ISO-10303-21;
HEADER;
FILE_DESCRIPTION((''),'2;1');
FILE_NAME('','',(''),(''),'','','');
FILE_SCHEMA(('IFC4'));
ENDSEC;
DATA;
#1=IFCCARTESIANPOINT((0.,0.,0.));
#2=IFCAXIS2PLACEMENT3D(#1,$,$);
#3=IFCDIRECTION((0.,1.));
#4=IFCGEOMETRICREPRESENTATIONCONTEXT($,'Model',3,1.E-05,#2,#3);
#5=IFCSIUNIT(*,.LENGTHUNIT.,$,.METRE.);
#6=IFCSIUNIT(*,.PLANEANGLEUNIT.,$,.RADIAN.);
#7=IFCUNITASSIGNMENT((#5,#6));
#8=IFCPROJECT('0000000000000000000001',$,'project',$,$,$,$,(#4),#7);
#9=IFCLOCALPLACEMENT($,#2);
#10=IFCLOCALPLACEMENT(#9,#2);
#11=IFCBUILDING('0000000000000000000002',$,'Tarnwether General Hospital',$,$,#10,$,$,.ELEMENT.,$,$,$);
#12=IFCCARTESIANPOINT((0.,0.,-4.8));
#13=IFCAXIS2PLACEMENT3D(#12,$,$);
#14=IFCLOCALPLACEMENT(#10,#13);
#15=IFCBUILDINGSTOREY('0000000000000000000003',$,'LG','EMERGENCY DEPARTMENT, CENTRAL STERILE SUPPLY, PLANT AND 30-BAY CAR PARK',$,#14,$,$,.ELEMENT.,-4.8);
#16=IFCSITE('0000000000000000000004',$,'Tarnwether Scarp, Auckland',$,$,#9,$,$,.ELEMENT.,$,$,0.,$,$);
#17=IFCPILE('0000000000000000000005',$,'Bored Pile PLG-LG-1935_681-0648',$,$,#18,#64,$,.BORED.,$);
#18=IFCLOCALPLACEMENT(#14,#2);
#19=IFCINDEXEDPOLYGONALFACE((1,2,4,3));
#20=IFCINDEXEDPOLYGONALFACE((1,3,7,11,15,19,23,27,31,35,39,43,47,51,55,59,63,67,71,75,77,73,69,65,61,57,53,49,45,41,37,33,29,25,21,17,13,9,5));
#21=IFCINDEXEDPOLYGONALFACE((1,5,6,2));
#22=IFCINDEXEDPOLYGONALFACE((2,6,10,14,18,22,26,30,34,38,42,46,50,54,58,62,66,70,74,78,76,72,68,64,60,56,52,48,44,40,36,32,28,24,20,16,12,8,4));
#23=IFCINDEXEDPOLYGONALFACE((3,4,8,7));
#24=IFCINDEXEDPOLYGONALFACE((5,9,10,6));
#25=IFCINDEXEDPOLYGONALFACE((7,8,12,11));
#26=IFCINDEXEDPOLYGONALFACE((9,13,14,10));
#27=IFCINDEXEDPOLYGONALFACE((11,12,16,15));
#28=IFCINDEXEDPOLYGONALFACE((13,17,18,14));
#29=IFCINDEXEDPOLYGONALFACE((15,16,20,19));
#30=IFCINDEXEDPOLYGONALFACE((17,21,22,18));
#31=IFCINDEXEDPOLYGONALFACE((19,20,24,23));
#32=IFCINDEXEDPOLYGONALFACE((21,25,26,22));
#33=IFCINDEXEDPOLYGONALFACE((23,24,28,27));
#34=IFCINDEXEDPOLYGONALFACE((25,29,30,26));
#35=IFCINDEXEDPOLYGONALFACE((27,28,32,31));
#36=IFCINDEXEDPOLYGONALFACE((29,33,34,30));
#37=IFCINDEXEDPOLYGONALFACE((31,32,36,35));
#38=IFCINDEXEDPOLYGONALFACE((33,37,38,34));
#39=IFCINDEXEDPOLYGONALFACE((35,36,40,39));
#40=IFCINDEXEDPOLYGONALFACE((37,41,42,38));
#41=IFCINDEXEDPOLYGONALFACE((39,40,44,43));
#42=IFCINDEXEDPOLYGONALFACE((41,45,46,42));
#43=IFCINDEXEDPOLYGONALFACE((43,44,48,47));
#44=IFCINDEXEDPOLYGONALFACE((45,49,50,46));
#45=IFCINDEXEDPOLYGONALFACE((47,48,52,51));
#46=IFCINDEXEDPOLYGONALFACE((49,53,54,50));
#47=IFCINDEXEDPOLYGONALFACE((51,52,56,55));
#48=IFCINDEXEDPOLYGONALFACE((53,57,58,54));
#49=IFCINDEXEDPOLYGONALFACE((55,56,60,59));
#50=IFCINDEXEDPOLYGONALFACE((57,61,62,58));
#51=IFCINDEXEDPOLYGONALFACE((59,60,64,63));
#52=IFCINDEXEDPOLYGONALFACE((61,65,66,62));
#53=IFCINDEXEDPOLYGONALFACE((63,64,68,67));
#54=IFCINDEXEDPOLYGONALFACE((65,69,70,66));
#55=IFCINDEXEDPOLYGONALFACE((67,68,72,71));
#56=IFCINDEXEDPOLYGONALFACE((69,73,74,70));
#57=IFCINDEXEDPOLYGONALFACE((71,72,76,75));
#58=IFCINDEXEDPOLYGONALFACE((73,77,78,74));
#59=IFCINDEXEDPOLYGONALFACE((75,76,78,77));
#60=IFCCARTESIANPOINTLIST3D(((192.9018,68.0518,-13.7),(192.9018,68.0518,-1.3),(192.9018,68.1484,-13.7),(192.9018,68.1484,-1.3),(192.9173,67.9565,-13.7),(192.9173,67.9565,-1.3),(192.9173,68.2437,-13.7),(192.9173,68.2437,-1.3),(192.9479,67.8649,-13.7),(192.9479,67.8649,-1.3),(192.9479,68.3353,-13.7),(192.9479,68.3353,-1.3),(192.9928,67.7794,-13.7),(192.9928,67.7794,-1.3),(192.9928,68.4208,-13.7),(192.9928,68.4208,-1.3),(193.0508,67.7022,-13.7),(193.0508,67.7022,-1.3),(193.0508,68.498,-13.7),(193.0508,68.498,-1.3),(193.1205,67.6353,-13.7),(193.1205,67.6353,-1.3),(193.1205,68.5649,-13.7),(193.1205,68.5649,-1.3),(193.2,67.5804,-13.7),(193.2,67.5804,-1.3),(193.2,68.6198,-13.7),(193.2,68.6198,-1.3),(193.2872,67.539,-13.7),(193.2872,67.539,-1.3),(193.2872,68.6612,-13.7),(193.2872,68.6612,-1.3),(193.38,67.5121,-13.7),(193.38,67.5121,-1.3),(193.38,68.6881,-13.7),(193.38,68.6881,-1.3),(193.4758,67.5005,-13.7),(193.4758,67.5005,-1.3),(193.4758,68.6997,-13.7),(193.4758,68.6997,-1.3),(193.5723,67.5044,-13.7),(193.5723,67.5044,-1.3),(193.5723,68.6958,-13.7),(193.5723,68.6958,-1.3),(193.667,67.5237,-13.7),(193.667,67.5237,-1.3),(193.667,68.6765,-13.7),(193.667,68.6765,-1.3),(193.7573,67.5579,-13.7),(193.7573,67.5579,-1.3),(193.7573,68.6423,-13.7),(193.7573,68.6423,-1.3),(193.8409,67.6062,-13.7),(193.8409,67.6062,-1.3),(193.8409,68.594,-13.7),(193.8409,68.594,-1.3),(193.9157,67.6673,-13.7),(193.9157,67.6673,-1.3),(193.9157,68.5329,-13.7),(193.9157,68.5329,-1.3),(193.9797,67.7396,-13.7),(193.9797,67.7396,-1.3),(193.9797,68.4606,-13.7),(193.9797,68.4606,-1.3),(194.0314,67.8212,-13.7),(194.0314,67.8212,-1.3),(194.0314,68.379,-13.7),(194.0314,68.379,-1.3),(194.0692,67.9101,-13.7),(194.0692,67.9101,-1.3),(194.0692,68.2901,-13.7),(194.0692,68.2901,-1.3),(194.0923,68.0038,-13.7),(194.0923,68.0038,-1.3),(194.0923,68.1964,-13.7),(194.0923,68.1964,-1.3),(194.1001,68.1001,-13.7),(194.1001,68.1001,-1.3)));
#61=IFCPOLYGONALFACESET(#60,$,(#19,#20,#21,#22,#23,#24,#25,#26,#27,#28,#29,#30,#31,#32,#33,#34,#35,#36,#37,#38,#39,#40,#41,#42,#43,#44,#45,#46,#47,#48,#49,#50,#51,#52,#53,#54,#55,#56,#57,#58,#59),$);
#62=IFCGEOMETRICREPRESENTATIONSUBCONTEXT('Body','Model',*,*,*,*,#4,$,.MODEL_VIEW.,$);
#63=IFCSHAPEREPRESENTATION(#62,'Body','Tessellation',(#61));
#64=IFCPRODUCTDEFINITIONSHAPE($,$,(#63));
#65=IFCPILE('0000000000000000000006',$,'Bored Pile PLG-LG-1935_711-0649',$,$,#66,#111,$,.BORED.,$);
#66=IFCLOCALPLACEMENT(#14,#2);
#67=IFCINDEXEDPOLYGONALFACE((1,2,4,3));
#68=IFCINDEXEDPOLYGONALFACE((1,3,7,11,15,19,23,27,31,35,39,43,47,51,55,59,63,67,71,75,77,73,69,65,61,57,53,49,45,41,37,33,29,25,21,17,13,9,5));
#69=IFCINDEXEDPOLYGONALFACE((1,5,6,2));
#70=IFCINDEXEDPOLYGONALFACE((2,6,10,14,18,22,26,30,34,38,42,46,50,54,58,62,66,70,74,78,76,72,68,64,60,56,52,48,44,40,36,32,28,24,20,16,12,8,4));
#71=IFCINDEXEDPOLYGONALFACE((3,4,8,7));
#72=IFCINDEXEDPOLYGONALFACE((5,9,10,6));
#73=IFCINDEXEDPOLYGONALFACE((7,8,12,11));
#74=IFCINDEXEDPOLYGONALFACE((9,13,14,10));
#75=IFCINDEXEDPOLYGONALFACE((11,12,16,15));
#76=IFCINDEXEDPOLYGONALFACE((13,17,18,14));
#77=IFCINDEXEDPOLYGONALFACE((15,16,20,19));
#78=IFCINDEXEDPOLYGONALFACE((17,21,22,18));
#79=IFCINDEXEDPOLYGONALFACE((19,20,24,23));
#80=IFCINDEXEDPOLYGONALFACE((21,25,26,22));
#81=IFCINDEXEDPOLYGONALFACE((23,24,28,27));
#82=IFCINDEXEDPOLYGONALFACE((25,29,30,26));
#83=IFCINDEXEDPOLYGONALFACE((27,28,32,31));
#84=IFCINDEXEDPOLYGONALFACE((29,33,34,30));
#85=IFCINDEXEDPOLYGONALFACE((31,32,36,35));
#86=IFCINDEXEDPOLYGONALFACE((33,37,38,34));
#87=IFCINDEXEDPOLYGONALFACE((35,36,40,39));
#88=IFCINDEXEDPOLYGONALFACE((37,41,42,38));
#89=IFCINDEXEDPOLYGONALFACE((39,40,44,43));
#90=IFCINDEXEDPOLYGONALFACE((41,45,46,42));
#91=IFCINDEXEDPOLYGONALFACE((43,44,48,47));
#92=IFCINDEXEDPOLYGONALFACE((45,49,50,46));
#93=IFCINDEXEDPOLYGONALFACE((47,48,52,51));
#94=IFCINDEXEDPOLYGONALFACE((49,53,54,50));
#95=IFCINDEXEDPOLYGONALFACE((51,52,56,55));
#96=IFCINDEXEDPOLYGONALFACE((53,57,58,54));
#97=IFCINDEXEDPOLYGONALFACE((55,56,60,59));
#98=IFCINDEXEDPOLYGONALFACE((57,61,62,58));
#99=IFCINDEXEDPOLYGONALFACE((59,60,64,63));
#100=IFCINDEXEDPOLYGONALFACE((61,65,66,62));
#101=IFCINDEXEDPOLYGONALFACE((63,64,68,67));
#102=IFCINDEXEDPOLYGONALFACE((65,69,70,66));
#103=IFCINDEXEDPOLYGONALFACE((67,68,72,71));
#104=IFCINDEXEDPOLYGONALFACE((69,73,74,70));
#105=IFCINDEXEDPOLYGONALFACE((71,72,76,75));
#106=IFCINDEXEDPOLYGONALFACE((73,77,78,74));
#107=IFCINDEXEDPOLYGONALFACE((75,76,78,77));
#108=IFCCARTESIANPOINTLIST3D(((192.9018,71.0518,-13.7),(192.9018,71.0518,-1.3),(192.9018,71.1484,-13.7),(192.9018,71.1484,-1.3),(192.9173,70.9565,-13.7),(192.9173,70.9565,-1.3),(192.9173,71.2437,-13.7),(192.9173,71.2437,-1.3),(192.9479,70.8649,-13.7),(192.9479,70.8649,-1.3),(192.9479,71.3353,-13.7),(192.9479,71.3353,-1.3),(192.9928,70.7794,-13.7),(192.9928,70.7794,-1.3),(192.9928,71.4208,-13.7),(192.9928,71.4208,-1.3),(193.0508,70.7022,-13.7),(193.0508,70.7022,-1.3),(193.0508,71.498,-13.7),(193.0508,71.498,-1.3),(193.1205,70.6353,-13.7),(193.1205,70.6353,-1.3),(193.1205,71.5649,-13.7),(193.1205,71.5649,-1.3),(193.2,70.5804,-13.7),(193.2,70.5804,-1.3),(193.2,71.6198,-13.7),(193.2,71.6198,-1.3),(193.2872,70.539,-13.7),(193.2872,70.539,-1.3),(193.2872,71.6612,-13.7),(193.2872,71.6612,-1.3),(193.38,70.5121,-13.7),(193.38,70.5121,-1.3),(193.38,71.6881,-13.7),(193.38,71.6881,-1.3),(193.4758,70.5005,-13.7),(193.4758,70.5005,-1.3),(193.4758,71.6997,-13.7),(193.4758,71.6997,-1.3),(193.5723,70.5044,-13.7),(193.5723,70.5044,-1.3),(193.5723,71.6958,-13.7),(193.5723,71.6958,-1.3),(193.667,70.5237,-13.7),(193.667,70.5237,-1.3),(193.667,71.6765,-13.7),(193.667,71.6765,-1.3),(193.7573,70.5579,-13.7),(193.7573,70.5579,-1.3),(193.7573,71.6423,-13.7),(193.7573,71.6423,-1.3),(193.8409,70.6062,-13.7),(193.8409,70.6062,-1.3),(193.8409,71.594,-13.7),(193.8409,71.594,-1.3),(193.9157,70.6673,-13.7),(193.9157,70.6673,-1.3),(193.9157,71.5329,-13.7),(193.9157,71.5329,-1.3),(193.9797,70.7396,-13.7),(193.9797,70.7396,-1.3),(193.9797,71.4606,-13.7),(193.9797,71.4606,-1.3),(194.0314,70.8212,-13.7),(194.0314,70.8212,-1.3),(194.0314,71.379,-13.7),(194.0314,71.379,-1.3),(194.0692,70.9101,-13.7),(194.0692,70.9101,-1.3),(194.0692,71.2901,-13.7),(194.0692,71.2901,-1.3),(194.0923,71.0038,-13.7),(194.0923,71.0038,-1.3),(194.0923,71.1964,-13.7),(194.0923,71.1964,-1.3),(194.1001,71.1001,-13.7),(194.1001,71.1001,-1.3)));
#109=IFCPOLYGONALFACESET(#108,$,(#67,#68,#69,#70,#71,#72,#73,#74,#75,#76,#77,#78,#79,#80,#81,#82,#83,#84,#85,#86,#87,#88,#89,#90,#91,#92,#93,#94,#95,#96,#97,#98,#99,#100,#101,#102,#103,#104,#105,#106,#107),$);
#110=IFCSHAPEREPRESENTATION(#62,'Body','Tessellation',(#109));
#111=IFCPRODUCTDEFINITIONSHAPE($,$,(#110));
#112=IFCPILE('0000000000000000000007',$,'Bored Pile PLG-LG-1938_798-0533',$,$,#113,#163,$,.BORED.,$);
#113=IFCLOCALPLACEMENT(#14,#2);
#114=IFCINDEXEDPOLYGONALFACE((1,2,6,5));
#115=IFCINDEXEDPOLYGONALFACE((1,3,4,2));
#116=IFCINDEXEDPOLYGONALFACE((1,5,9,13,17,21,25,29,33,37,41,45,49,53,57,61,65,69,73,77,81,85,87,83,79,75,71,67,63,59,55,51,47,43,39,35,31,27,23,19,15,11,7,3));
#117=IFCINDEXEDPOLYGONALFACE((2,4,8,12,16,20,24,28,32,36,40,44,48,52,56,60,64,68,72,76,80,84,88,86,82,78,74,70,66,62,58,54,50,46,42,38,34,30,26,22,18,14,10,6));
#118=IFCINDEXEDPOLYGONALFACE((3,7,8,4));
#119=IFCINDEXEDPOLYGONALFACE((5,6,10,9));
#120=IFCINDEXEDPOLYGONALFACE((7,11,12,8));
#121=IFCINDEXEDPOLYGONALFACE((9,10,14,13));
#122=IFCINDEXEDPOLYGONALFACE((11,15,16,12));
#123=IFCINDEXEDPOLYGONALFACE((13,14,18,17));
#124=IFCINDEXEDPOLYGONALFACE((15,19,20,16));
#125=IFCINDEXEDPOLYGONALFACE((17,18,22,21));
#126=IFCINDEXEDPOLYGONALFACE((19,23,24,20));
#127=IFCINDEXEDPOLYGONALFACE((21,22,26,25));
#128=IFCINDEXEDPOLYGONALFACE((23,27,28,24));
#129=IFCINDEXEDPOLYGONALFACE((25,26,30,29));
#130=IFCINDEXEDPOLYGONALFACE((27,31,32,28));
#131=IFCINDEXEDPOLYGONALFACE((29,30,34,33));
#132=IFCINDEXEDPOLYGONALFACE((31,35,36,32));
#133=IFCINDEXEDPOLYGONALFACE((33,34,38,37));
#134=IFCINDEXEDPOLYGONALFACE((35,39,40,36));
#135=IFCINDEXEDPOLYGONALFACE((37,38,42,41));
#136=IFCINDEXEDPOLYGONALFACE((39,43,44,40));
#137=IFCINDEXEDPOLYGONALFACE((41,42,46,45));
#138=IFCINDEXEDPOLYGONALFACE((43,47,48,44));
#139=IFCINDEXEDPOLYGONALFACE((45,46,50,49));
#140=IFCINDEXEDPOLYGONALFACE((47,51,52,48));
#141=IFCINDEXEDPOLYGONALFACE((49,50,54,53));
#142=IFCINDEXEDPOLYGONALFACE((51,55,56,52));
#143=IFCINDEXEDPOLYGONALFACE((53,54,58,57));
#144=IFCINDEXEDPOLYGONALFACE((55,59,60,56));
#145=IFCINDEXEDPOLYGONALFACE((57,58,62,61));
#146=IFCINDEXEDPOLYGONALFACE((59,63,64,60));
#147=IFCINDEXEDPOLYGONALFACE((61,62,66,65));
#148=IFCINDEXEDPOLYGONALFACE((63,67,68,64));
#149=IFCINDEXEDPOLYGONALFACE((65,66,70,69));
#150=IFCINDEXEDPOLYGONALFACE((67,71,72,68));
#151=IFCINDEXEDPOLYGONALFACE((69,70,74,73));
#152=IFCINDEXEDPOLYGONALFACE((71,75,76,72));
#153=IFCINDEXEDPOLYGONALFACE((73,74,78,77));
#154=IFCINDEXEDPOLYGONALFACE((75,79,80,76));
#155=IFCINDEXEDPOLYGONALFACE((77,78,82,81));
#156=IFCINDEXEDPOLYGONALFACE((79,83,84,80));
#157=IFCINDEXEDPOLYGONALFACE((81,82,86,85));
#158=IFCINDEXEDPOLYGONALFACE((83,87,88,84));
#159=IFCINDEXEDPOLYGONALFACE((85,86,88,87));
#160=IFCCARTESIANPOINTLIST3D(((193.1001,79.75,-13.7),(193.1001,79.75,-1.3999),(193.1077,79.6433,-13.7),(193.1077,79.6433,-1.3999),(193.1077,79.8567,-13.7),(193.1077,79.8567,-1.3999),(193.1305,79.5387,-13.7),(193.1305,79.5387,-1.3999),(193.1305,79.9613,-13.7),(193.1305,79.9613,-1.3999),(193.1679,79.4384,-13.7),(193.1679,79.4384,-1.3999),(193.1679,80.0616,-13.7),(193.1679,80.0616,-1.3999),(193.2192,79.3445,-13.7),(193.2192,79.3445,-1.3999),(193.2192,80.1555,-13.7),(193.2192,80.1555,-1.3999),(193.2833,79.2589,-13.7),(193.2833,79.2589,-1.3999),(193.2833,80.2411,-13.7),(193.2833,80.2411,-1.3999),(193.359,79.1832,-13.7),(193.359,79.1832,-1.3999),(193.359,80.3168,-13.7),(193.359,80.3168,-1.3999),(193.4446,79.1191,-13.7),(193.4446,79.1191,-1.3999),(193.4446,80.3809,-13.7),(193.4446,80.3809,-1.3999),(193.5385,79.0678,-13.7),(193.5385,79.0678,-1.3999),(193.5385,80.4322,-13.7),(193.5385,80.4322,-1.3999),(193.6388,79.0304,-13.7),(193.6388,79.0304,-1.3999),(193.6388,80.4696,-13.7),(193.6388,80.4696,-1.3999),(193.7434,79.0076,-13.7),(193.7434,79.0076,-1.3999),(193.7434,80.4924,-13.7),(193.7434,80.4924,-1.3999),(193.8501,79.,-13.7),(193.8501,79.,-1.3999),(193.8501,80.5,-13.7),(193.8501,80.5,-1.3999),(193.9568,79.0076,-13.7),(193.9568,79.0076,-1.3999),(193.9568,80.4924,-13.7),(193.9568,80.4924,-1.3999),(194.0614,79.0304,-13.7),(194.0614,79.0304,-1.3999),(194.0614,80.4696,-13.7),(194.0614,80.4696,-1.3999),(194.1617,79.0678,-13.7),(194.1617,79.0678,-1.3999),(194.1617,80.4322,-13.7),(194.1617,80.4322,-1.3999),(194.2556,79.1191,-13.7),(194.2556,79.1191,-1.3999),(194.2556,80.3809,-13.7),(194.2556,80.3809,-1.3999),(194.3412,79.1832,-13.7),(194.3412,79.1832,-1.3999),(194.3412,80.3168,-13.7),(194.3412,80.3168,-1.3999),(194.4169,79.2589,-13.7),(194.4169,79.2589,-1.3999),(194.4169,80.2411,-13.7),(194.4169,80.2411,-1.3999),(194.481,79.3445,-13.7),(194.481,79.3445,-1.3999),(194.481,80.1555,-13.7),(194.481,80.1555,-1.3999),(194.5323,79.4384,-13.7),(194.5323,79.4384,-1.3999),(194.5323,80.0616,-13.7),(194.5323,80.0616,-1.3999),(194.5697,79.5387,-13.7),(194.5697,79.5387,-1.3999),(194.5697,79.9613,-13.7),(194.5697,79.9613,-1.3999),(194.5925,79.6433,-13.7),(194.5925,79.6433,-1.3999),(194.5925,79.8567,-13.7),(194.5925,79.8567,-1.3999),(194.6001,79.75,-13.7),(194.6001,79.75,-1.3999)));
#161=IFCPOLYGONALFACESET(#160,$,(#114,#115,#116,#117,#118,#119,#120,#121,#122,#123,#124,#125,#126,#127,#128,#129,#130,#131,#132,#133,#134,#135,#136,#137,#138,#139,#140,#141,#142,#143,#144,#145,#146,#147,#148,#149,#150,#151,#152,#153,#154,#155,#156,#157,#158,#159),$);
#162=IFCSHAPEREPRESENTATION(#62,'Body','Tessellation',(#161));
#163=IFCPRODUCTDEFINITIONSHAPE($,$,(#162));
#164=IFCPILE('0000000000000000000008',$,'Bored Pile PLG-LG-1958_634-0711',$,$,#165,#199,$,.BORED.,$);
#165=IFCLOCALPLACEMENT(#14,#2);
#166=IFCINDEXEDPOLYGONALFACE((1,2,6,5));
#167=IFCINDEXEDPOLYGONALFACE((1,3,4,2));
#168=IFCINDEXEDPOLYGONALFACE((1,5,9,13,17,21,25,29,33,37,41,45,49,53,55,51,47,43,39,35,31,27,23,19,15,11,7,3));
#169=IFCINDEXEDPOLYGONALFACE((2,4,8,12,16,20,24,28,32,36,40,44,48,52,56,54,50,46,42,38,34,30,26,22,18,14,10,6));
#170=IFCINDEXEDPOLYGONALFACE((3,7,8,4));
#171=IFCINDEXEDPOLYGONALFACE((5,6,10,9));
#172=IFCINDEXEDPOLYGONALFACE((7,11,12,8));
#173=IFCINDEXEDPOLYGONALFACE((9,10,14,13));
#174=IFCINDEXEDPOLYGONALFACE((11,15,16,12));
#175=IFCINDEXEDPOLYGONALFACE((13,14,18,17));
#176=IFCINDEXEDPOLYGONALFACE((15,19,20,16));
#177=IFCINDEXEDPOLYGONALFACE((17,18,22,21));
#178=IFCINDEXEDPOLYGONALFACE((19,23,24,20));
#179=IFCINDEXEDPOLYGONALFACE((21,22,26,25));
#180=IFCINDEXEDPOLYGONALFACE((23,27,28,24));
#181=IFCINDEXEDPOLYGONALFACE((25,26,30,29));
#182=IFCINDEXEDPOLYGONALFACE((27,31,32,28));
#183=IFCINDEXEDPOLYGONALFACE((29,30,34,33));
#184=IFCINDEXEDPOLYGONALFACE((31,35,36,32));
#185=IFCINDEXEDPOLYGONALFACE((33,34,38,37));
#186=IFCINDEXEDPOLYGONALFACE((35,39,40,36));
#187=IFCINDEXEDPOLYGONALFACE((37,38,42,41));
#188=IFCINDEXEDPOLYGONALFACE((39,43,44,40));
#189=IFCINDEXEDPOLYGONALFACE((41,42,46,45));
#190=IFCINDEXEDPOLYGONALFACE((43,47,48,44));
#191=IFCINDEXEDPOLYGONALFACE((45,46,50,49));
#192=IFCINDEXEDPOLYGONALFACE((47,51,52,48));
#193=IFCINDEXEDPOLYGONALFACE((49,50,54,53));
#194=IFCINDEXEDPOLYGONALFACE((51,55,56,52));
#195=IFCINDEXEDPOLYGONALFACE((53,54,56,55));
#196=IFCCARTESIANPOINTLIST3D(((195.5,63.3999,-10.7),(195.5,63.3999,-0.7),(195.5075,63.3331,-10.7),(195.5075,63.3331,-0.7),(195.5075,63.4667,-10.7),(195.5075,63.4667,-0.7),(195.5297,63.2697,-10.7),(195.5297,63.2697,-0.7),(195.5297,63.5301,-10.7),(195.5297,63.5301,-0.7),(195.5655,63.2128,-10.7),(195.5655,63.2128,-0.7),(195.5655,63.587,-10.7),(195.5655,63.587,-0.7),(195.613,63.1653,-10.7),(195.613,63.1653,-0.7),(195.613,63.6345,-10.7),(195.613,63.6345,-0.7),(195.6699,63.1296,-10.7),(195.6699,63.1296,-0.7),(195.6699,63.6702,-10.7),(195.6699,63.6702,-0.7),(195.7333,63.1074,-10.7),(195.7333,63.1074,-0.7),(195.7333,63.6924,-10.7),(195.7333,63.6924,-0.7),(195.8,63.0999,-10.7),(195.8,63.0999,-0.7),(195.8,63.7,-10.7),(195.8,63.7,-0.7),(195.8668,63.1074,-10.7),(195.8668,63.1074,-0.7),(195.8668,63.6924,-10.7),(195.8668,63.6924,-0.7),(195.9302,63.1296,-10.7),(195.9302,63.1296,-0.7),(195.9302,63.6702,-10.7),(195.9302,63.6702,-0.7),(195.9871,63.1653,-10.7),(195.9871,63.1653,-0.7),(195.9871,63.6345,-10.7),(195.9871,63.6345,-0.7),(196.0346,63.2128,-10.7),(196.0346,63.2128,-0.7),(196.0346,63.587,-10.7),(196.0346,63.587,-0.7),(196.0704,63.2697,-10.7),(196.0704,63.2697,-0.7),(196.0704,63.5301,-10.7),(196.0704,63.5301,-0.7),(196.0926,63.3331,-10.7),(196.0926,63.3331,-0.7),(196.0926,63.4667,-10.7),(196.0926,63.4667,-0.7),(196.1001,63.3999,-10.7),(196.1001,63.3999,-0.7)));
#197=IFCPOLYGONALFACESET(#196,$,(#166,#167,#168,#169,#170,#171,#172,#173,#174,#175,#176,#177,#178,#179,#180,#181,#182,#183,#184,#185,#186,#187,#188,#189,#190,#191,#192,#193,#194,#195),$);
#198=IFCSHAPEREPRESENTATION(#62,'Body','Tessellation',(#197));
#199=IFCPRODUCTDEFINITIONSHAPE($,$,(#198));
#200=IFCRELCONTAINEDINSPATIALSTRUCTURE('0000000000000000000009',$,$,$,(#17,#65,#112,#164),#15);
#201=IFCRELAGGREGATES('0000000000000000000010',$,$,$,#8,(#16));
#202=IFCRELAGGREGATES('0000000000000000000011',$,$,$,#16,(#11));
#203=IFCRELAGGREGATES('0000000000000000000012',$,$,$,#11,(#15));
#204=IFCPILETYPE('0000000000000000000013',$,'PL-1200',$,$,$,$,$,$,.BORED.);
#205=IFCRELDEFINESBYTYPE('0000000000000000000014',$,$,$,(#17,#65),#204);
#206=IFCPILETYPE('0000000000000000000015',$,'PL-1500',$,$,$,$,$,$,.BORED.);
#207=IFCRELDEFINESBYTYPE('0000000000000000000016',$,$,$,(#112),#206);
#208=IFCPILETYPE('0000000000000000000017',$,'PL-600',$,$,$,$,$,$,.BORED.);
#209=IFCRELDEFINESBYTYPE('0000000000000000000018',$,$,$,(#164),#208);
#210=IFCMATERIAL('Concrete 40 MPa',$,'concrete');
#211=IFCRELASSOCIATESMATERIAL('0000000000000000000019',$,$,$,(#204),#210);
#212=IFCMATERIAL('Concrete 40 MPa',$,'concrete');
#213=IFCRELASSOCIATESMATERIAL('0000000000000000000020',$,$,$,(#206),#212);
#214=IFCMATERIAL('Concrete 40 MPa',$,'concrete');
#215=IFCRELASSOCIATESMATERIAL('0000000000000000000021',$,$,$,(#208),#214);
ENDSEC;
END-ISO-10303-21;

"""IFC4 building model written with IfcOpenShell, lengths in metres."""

from ifc_helpers import new_model, si_unit, direction, frame, origin, origin_2d, place, context, subcontext, project, spatial, circle, extrude, material, material_profile, profile_set, type_object, element, save


model = new_model("IFC4")

# Units and contexts
model_context = context("Model", 3, precision=1e-05, world=origin(), true_north=direction((0.0, 1.0)))
body_context = subcontext(model_context, "Body", "Model", "MODEL_VIEW")
ifc_project = project(units=[si_unit("LENGTHUNIT", "METRE"), si_unit("PLANEANGLEUNIT", "RADIAN")], contexts=[model_context])

# Site, building, storey
site_placement = place(None, origin())
site = spatial("IfcSite", under=ifc_project, at=site_placement, Name="Tarnwether Scarp, Auckland", CompositionType="ELEMENT", RefElevation=0.0)
building_placement = place(site_placement, origin())
building = spatial("IfcBuilding", under=site, at=building_placement, Name="Tarnwether General Hospital", CompositionType="ELEMENT")
storey_placement = place(building_placement, frame((0.0, 0.0, -4.8)))
storey = spatial("IfcBuildingStorey", under=building, at=storey_placement, Name="LG", Description="EMERGENCY DEPARTMENT, CENTRAL STERILE SUPPLY, PLANT AND 30-BAY CAR PARK", CompositionType="ELEMENT", Elevation=-4.8)

# Piles
ifc_material_1 = material(Name="Concrete 40 MPa", Category="concrete")
ifc_material_profile_1 = material_profile(ifc_material_1, circle(Radius=0.6001, at=origin_2d()), Name="PILE-D1200")
ifc_profile_set_1 = profile_set([ifc_material_profile_1], Name="Concrete 40 MPa")
pile_type_1 = type_object("IfcPileType", Name="PL-1200", PredefinedType="BORED", material=ifc_profile_set_1)
for number, where, z_axis, x_axis, name in (
    (1, (193.5, 68.1001, -1.3), (0.0, 0.0, -1.0), (1.0, 0.0, 0.0), "Bored Pile PLG-LG-1935_681-0648"),
    (2, (193.5, 71.1001, -1.3), (0.0, 0.0, -1.0), (1.0, 0.0, 0.0), "Bored Pile PLG-LG-1935_711-0649"),
):
    element("IfcPile", number, at=place(storey_placement, frame(where, z_axis=z_axis, x_axis=x_axis)), inside=storey, type_object=pile_type_1, Name=name, PredefinedType="BORED", context=body_context, shape_type="SweptSolid", body=[
        extrude(circle(Radius=0.6001, at=origin_2d()), origin(), (0.0, 0.0, 1.0), 12.3999),
    ])
ifc_material_2 = material(Name="Concrete 40 MPa", Category="concrete")
ifc_material_profile_2 = material_profile(ifc_material_2, circle(Radius=0.75, at=origin_2d()), Name="PILE-D1500")
ifc_profile_set_2 = profile_set([ifc_material_profile_2], Name="Concrete 40 MPa")
pile_type_2 = type_object("IfcPileType", Name="PL-1500", PredefinedType="BORED", material=ifc_profile_set_2)
pile_placement = place(storey_placement, frame((193.8501, 79.75, -1.3999), z_axis=(0.0, 0.0, -1.0), x_axis=(1.0, 0.0, 0.0)))
element("IfcPile", 3, at=pile_placement, inside=storey, type_object=pile_type_2, Name="Bored Pile PLG-LG-1938_798-0533", PredefinedType="BORED", context=body_context, shape_type="SweptSolid", body=[
    extrude(circle(Radius=0.75, at=origin_2d()), origin(), (0.0, 0.0, 1.0), 12.3),
])
ifc_material_3 = material(Name="Concrete 40 MPa", Category="concrete")
ifc_material_profile_3 = material_profile(ifc_material_3, circle(Radius=0.3, at=origin_2d()), Name="PILE-D600")
ifc_profile_set_3 = profile_set([ifc_material_profile_3], Name="Concrete 40 MPa")
pile_type_3 = type_object("IfcPileType", Name="PL-600", PredefinedType="BORED", material=ifc_profile_set_3)
for number, where, z_axis, x_axis, name in (
    (4, (195.8, 63.3999, -0.7), (0.0, 0.0, -1.0), (1.0, 0.0, 0.0), "Bored Pile PLG-LG-1958_634-0711"),
):
    element("IfcPile", number, at=place(storey_placement, frame(where, z_axis=z_axis, x_axis=x_axis)), inside=storey, type_object=pile_type_3, Name=name, PredefinedType="BORED", context=body_context, shape_type="SweptSolid", body=[
        extrude(circle(Radius=0.3, at=origin_2d()), origin(), (0.0, 0.0, 1.0), 10.0),
    ])

save(model, "model.ifc")
